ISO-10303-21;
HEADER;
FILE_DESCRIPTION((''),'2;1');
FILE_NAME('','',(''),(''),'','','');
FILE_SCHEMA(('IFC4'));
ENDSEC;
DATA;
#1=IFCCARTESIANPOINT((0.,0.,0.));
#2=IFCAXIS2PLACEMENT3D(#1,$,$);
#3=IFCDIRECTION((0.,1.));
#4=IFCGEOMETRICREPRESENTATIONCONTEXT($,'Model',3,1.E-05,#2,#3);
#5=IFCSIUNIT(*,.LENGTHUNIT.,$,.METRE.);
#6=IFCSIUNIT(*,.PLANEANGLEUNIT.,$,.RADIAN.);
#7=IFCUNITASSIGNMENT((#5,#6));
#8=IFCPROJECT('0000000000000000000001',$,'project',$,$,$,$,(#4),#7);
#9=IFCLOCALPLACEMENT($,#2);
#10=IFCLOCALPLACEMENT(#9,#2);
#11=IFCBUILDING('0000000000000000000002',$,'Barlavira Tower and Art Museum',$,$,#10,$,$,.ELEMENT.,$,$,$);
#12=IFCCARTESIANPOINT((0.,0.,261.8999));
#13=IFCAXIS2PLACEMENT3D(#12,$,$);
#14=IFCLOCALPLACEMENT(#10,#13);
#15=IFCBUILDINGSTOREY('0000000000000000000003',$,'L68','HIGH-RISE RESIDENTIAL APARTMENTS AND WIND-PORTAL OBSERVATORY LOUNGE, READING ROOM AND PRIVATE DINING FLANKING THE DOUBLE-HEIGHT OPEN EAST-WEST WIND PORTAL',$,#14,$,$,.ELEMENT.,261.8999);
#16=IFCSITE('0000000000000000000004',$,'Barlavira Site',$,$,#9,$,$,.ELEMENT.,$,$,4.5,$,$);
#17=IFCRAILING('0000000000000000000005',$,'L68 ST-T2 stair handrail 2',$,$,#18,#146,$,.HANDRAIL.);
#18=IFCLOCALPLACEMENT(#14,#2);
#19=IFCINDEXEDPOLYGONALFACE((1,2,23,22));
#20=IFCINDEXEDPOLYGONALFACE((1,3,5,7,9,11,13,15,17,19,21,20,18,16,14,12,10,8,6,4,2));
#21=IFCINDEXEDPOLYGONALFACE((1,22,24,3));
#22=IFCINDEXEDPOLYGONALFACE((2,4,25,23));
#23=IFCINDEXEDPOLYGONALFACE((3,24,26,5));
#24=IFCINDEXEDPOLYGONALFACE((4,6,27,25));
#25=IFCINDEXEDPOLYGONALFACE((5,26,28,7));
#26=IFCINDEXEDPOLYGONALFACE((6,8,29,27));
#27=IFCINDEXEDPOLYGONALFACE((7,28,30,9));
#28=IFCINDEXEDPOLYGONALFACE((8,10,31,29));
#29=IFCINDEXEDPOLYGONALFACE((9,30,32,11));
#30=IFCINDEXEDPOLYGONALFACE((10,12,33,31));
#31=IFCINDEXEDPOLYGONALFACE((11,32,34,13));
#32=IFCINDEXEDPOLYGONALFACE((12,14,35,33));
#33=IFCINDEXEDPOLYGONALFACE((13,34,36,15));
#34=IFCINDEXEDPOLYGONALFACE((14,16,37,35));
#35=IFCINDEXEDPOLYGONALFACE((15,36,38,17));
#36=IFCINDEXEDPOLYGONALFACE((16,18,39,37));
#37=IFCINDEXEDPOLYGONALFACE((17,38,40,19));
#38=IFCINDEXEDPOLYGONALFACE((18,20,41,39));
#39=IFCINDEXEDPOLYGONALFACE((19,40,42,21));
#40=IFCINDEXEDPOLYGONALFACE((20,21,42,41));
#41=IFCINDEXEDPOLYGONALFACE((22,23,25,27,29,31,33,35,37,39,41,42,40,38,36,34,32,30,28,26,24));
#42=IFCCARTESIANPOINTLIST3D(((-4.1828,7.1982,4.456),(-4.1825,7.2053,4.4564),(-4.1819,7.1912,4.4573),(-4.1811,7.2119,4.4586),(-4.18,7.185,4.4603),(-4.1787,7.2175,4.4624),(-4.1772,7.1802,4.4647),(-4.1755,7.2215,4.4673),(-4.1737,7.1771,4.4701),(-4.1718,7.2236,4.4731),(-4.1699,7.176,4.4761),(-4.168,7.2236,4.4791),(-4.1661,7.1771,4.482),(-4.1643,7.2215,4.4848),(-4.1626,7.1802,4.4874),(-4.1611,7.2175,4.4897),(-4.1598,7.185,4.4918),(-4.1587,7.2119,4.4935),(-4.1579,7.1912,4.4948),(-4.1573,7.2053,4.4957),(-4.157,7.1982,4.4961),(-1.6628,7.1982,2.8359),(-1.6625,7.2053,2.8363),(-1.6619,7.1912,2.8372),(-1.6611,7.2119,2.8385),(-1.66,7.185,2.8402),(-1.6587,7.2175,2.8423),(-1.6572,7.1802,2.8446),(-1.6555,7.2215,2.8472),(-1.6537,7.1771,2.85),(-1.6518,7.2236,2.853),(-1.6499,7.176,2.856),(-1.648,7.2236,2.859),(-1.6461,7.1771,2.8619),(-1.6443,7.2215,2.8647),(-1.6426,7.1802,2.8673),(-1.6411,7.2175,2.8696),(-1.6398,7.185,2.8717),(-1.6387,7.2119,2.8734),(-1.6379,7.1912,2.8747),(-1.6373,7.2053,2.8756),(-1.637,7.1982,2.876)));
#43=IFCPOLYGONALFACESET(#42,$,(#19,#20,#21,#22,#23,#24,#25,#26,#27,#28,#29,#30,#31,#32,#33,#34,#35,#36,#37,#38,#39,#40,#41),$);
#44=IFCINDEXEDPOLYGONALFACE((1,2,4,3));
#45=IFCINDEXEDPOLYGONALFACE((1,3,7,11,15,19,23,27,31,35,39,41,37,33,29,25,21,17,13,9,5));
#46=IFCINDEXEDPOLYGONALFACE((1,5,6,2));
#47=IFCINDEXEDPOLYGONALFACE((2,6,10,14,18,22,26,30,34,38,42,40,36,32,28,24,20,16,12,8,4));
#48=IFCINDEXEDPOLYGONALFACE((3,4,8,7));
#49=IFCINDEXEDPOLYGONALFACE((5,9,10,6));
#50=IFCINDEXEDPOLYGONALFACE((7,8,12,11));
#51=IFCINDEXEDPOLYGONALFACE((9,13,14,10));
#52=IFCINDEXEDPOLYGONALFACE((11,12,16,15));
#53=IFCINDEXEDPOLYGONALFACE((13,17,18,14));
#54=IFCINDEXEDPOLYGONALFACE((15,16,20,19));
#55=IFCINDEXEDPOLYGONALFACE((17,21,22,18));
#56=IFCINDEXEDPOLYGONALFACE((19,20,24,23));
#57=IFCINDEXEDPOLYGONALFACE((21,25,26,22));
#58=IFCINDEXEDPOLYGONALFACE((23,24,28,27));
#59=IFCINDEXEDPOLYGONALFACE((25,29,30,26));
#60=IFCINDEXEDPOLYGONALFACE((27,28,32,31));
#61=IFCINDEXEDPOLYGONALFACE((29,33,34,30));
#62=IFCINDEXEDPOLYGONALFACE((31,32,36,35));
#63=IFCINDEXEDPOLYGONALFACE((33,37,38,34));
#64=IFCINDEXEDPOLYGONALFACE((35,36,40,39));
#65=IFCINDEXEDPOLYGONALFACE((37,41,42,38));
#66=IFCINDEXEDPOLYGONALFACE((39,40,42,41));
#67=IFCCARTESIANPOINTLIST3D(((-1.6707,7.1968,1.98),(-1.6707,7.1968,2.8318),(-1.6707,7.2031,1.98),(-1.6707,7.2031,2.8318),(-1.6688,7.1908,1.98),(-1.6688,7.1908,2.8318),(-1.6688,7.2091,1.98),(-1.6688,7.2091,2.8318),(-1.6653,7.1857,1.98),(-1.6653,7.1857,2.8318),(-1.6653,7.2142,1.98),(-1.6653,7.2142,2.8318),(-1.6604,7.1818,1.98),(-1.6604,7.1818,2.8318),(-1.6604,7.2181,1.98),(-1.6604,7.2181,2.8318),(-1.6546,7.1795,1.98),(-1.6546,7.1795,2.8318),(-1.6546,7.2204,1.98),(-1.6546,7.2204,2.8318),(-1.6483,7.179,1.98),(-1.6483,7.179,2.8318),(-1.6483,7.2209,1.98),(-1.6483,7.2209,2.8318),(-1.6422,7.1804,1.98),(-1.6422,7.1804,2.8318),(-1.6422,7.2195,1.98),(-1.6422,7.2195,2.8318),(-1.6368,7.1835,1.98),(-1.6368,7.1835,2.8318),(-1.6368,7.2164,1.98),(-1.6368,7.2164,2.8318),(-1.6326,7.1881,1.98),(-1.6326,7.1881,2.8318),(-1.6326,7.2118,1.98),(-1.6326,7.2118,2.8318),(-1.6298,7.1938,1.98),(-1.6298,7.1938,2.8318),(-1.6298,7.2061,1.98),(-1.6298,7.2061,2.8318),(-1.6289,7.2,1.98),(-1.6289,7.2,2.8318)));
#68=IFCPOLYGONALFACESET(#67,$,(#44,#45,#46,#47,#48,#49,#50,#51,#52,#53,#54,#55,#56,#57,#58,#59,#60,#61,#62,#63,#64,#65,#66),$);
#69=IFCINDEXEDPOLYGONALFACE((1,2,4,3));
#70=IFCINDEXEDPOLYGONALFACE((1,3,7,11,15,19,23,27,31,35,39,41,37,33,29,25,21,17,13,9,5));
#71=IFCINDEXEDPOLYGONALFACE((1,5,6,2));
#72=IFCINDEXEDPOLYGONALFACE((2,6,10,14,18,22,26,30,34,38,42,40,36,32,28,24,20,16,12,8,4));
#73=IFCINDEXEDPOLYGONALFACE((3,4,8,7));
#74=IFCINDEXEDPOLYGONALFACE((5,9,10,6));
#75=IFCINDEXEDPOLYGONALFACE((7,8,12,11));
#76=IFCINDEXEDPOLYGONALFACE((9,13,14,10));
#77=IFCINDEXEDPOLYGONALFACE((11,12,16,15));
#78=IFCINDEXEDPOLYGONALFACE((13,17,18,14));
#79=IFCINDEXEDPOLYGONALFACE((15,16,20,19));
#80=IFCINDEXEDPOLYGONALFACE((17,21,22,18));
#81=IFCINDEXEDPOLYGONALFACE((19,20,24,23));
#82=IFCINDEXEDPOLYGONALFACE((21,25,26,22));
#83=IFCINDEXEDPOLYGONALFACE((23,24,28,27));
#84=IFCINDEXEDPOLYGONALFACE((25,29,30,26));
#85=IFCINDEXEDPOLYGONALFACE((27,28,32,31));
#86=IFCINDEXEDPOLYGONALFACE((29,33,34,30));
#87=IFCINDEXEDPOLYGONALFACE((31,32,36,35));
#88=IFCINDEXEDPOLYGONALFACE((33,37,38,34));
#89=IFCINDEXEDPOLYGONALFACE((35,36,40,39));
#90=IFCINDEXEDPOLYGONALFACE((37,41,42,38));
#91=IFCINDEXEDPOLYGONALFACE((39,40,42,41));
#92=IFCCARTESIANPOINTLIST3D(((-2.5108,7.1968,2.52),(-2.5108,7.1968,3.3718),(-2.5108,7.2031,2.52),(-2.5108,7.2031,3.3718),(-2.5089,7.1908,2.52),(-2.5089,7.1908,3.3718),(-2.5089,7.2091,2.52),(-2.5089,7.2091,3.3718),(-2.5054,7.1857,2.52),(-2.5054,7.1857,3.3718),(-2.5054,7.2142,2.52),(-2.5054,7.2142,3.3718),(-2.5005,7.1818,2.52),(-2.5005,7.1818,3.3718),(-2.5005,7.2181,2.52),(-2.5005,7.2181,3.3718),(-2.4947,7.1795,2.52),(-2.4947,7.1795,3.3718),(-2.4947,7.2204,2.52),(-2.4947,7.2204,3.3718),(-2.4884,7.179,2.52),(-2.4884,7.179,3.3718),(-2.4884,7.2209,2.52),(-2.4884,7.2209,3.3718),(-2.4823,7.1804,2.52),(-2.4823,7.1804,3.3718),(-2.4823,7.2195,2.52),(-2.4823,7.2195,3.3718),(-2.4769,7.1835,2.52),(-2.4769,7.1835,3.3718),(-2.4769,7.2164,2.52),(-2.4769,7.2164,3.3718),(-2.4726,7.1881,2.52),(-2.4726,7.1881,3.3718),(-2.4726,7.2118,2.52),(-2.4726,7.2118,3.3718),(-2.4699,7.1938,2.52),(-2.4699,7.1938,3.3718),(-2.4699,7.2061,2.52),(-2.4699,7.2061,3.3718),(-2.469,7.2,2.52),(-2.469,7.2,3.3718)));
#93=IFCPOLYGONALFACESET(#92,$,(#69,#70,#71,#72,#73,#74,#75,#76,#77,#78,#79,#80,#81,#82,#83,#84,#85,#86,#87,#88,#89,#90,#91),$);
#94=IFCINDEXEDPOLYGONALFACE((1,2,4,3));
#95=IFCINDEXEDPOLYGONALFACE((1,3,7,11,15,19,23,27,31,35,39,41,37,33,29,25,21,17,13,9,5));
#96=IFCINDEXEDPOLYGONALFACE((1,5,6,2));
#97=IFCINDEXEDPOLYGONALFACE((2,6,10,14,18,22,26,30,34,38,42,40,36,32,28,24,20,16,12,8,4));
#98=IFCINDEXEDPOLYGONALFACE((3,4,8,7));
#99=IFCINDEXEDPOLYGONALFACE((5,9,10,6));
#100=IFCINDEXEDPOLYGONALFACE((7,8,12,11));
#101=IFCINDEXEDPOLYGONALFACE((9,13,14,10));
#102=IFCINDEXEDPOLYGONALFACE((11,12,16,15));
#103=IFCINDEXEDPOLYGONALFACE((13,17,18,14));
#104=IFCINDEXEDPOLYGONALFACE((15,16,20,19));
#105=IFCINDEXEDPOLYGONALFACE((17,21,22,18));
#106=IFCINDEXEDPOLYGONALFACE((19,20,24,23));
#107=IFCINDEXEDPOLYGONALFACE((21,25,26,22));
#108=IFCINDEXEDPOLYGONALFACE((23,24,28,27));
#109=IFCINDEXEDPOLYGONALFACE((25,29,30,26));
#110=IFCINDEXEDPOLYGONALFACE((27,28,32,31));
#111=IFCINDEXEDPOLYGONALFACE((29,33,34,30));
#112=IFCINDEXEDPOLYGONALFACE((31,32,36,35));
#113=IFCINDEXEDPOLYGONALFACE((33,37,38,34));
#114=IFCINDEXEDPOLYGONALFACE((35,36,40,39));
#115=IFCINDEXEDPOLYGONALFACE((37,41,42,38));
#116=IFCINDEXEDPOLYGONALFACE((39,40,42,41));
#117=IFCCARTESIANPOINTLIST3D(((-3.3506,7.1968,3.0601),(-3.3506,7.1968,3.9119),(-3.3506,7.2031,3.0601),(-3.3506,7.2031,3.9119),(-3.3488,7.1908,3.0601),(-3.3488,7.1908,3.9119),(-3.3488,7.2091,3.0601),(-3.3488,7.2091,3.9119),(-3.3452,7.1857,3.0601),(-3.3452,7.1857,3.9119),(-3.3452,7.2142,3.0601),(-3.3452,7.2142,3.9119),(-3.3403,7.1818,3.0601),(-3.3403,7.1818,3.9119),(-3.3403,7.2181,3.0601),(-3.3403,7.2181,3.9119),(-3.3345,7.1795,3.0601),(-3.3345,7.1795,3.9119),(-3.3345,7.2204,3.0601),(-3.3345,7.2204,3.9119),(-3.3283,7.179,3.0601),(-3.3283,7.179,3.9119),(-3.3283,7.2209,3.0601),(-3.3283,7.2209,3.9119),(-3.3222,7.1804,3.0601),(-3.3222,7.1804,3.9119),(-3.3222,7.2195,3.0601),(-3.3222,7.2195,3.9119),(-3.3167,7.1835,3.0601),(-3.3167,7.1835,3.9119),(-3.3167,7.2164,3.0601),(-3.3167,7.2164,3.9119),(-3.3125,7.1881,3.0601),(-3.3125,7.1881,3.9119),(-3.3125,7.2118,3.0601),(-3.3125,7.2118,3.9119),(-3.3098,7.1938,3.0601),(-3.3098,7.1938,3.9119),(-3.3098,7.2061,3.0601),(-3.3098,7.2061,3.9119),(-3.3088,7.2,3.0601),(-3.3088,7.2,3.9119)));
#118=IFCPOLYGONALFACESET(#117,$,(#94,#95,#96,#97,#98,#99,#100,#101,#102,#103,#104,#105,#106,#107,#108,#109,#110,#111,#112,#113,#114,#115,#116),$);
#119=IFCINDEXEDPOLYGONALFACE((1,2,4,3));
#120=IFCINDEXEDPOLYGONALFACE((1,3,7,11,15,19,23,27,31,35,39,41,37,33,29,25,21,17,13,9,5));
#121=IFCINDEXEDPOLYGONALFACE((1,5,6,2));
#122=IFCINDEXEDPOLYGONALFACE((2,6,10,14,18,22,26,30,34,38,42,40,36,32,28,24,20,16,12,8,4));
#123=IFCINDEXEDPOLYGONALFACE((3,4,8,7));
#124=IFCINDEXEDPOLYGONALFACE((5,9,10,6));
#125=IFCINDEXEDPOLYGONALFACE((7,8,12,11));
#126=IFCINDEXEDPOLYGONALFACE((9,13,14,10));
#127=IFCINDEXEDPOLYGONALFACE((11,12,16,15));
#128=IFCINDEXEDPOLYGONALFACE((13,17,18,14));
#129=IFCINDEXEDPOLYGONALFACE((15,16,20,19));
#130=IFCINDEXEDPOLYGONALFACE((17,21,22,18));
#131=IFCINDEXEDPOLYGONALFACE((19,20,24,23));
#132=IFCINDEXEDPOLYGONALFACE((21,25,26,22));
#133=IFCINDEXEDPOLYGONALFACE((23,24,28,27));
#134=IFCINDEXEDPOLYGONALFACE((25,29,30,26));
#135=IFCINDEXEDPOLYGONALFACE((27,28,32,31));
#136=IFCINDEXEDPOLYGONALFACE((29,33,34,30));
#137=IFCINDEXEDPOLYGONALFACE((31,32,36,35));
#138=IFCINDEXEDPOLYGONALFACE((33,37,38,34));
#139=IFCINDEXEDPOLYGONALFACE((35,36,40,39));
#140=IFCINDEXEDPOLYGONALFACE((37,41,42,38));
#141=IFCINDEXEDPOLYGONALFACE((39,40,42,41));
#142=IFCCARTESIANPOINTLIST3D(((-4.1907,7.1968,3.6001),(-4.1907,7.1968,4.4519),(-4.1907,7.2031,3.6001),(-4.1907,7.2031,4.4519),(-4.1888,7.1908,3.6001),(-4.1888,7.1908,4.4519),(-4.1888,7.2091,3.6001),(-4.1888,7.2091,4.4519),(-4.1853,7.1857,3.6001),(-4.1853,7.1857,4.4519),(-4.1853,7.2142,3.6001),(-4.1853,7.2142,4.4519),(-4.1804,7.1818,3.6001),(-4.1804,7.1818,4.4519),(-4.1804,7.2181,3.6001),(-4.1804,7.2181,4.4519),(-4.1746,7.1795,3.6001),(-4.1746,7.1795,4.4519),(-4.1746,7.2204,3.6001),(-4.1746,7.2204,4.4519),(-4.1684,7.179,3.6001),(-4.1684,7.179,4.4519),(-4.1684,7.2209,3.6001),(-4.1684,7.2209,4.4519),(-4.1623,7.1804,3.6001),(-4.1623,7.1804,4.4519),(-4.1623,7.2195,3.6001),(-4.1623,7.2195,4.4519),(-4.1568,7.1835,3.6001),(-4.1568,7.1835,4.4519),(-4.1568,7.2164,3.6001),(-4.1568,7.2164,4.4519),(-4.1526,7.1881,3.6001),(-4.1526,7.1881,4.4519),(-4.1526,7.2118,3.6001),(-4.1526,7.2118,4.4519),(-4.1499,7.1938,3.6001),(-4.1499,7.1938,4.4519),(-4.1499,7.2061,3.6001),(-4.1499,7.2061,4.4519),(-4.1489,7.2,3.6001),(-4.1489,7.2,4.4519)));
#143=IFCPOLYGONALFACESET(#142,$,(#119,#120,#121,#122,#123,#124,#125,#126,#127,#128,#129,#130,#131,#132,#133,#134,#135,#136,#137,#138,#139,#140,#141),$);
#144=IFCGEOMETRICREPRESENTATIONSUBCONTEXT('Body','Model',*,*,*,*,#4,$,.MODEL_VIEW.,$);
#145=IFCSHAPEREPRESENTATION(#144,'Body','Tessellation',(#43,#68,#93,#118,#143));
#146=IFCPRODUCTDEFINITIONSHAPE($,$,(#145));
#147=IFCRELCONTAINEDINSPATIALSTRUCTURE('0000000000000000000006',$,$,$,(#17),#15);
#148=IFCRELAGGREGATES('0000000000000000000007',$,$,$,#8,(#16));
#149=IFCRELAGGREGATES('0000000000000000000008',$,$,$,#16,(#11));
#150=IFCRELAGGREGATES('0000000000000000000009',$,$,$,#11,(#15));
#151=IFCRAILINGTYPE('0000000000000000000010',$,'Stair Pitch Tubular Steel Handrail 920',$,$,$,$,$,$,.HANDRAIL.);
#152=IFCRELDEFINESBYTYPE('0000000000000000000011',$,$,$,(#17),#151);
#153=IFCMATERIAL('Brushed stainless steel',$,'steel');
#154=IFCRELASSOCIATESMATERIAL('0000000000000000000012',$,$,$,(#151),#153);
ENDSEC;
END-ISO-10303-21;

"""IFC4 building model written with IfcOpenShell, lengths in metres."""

from ifc_helpers import new_model, si_unit, direction, frame, origin, origin_2d, place, context, subcontext, project, spatial, circle, extrude, material, type_object, element, save


model = new_model("IFC4")

# Units and contexts
model_context = context("Model", 3, precision=1e-05, world=origin(), true_north=direction((0.0, 1.0)))
body_context = subcontext(model_context, "Body", "Model", "MODEL_VIEW")
ifc_project = project(units=[si_unit("LENGTHUNIT", "METRE"), si_unit("PLANEANGLEUNIT", "RADIAN")], contexts=[model_context])

# Site, building, storey
site_placement = place(None, origin())
site = spatial("IfcSite", under=ifc_project, at=site_placement, Name="Barlavira Site", CompositionType="ELEMENT", RefElevation=4.5)
building_placement = place(site_placement, origin())
building = spatial("IfcBuilding", under=site, at=building_placement, Name="Barlavira Tower and Art Museum", CompositionType="ELEMENT")
storey_placement = place(building_placement, frame((0.0, 0.0, 261.8999)))
storey = spatial("IfcBuildingStorey", under=building, at=storey_placement, Name="L68", Description="HIGH-RISE RESIDENTIAL APARTMENTS AND WIND-PORTAL OBSERVATORY LOUNGE, READING ROOM AND PRIVATE DINING FLANKING THE DOUBLE-HEIGHT OPEN EAST-WEST WIND PORTAL", CompositionType="ELEMENT", Elevation=261.8999)

# Shared definitions
ifc_material_1 = material(Name="Brushed stainless steel", Category="steel")

# Railing
railing_type_1 = type_object("IfcRailingType", Name="Stair Pitch Tubular Steel Handrail 920", PredefinedType="HANDRAIL", material=ifc_material_1)
railing_1_placement = place(storey_placement, frame((-1.6499, 7.2, 1.98)))
element("IfcRailing", 1, at=railing_1_placement, inside=storey, type_object=railing_type_1, Name="L68 ST-T2 stair handrail 2", PredefinedType="HANDRAIL", context=body_context, shape_type="SweptSolid", body=[
    extrude(circle(Radius=0.0239, at=origin_2d()), frame((0.0, 0.0, 0.876), z_axis=(-0.841163, 0.0, 0.540782), x_axis=(0.0, -1.0, 0.0)), (0.0, 0.0, 1.0), 2.9958),
    extrude(circle(Radius=0.021, at=origin_2d()), origin(), (0.0, 0.0, 1.0), 0.8518),
    extrude(circle(Radius=0.021, at=origin_2d()), frame((-0.8401, 0.0, 0.54)), (0.0, 0.0, 1.0), 0.8518),
    extrude(circle(Radius=0.021, at=origin_2d()), frame((-1.6799, 0.0, 1.0801)), (0.0, 0.0, 1.0), 0.8518),
    extrude(circle(Radius=0.021, at=origin_2d()), frame((-2.52, 0.0, 1.6201)), (0.0, 0.0, 1.0), 0.8518),
])

save(model, "model.ifc")
